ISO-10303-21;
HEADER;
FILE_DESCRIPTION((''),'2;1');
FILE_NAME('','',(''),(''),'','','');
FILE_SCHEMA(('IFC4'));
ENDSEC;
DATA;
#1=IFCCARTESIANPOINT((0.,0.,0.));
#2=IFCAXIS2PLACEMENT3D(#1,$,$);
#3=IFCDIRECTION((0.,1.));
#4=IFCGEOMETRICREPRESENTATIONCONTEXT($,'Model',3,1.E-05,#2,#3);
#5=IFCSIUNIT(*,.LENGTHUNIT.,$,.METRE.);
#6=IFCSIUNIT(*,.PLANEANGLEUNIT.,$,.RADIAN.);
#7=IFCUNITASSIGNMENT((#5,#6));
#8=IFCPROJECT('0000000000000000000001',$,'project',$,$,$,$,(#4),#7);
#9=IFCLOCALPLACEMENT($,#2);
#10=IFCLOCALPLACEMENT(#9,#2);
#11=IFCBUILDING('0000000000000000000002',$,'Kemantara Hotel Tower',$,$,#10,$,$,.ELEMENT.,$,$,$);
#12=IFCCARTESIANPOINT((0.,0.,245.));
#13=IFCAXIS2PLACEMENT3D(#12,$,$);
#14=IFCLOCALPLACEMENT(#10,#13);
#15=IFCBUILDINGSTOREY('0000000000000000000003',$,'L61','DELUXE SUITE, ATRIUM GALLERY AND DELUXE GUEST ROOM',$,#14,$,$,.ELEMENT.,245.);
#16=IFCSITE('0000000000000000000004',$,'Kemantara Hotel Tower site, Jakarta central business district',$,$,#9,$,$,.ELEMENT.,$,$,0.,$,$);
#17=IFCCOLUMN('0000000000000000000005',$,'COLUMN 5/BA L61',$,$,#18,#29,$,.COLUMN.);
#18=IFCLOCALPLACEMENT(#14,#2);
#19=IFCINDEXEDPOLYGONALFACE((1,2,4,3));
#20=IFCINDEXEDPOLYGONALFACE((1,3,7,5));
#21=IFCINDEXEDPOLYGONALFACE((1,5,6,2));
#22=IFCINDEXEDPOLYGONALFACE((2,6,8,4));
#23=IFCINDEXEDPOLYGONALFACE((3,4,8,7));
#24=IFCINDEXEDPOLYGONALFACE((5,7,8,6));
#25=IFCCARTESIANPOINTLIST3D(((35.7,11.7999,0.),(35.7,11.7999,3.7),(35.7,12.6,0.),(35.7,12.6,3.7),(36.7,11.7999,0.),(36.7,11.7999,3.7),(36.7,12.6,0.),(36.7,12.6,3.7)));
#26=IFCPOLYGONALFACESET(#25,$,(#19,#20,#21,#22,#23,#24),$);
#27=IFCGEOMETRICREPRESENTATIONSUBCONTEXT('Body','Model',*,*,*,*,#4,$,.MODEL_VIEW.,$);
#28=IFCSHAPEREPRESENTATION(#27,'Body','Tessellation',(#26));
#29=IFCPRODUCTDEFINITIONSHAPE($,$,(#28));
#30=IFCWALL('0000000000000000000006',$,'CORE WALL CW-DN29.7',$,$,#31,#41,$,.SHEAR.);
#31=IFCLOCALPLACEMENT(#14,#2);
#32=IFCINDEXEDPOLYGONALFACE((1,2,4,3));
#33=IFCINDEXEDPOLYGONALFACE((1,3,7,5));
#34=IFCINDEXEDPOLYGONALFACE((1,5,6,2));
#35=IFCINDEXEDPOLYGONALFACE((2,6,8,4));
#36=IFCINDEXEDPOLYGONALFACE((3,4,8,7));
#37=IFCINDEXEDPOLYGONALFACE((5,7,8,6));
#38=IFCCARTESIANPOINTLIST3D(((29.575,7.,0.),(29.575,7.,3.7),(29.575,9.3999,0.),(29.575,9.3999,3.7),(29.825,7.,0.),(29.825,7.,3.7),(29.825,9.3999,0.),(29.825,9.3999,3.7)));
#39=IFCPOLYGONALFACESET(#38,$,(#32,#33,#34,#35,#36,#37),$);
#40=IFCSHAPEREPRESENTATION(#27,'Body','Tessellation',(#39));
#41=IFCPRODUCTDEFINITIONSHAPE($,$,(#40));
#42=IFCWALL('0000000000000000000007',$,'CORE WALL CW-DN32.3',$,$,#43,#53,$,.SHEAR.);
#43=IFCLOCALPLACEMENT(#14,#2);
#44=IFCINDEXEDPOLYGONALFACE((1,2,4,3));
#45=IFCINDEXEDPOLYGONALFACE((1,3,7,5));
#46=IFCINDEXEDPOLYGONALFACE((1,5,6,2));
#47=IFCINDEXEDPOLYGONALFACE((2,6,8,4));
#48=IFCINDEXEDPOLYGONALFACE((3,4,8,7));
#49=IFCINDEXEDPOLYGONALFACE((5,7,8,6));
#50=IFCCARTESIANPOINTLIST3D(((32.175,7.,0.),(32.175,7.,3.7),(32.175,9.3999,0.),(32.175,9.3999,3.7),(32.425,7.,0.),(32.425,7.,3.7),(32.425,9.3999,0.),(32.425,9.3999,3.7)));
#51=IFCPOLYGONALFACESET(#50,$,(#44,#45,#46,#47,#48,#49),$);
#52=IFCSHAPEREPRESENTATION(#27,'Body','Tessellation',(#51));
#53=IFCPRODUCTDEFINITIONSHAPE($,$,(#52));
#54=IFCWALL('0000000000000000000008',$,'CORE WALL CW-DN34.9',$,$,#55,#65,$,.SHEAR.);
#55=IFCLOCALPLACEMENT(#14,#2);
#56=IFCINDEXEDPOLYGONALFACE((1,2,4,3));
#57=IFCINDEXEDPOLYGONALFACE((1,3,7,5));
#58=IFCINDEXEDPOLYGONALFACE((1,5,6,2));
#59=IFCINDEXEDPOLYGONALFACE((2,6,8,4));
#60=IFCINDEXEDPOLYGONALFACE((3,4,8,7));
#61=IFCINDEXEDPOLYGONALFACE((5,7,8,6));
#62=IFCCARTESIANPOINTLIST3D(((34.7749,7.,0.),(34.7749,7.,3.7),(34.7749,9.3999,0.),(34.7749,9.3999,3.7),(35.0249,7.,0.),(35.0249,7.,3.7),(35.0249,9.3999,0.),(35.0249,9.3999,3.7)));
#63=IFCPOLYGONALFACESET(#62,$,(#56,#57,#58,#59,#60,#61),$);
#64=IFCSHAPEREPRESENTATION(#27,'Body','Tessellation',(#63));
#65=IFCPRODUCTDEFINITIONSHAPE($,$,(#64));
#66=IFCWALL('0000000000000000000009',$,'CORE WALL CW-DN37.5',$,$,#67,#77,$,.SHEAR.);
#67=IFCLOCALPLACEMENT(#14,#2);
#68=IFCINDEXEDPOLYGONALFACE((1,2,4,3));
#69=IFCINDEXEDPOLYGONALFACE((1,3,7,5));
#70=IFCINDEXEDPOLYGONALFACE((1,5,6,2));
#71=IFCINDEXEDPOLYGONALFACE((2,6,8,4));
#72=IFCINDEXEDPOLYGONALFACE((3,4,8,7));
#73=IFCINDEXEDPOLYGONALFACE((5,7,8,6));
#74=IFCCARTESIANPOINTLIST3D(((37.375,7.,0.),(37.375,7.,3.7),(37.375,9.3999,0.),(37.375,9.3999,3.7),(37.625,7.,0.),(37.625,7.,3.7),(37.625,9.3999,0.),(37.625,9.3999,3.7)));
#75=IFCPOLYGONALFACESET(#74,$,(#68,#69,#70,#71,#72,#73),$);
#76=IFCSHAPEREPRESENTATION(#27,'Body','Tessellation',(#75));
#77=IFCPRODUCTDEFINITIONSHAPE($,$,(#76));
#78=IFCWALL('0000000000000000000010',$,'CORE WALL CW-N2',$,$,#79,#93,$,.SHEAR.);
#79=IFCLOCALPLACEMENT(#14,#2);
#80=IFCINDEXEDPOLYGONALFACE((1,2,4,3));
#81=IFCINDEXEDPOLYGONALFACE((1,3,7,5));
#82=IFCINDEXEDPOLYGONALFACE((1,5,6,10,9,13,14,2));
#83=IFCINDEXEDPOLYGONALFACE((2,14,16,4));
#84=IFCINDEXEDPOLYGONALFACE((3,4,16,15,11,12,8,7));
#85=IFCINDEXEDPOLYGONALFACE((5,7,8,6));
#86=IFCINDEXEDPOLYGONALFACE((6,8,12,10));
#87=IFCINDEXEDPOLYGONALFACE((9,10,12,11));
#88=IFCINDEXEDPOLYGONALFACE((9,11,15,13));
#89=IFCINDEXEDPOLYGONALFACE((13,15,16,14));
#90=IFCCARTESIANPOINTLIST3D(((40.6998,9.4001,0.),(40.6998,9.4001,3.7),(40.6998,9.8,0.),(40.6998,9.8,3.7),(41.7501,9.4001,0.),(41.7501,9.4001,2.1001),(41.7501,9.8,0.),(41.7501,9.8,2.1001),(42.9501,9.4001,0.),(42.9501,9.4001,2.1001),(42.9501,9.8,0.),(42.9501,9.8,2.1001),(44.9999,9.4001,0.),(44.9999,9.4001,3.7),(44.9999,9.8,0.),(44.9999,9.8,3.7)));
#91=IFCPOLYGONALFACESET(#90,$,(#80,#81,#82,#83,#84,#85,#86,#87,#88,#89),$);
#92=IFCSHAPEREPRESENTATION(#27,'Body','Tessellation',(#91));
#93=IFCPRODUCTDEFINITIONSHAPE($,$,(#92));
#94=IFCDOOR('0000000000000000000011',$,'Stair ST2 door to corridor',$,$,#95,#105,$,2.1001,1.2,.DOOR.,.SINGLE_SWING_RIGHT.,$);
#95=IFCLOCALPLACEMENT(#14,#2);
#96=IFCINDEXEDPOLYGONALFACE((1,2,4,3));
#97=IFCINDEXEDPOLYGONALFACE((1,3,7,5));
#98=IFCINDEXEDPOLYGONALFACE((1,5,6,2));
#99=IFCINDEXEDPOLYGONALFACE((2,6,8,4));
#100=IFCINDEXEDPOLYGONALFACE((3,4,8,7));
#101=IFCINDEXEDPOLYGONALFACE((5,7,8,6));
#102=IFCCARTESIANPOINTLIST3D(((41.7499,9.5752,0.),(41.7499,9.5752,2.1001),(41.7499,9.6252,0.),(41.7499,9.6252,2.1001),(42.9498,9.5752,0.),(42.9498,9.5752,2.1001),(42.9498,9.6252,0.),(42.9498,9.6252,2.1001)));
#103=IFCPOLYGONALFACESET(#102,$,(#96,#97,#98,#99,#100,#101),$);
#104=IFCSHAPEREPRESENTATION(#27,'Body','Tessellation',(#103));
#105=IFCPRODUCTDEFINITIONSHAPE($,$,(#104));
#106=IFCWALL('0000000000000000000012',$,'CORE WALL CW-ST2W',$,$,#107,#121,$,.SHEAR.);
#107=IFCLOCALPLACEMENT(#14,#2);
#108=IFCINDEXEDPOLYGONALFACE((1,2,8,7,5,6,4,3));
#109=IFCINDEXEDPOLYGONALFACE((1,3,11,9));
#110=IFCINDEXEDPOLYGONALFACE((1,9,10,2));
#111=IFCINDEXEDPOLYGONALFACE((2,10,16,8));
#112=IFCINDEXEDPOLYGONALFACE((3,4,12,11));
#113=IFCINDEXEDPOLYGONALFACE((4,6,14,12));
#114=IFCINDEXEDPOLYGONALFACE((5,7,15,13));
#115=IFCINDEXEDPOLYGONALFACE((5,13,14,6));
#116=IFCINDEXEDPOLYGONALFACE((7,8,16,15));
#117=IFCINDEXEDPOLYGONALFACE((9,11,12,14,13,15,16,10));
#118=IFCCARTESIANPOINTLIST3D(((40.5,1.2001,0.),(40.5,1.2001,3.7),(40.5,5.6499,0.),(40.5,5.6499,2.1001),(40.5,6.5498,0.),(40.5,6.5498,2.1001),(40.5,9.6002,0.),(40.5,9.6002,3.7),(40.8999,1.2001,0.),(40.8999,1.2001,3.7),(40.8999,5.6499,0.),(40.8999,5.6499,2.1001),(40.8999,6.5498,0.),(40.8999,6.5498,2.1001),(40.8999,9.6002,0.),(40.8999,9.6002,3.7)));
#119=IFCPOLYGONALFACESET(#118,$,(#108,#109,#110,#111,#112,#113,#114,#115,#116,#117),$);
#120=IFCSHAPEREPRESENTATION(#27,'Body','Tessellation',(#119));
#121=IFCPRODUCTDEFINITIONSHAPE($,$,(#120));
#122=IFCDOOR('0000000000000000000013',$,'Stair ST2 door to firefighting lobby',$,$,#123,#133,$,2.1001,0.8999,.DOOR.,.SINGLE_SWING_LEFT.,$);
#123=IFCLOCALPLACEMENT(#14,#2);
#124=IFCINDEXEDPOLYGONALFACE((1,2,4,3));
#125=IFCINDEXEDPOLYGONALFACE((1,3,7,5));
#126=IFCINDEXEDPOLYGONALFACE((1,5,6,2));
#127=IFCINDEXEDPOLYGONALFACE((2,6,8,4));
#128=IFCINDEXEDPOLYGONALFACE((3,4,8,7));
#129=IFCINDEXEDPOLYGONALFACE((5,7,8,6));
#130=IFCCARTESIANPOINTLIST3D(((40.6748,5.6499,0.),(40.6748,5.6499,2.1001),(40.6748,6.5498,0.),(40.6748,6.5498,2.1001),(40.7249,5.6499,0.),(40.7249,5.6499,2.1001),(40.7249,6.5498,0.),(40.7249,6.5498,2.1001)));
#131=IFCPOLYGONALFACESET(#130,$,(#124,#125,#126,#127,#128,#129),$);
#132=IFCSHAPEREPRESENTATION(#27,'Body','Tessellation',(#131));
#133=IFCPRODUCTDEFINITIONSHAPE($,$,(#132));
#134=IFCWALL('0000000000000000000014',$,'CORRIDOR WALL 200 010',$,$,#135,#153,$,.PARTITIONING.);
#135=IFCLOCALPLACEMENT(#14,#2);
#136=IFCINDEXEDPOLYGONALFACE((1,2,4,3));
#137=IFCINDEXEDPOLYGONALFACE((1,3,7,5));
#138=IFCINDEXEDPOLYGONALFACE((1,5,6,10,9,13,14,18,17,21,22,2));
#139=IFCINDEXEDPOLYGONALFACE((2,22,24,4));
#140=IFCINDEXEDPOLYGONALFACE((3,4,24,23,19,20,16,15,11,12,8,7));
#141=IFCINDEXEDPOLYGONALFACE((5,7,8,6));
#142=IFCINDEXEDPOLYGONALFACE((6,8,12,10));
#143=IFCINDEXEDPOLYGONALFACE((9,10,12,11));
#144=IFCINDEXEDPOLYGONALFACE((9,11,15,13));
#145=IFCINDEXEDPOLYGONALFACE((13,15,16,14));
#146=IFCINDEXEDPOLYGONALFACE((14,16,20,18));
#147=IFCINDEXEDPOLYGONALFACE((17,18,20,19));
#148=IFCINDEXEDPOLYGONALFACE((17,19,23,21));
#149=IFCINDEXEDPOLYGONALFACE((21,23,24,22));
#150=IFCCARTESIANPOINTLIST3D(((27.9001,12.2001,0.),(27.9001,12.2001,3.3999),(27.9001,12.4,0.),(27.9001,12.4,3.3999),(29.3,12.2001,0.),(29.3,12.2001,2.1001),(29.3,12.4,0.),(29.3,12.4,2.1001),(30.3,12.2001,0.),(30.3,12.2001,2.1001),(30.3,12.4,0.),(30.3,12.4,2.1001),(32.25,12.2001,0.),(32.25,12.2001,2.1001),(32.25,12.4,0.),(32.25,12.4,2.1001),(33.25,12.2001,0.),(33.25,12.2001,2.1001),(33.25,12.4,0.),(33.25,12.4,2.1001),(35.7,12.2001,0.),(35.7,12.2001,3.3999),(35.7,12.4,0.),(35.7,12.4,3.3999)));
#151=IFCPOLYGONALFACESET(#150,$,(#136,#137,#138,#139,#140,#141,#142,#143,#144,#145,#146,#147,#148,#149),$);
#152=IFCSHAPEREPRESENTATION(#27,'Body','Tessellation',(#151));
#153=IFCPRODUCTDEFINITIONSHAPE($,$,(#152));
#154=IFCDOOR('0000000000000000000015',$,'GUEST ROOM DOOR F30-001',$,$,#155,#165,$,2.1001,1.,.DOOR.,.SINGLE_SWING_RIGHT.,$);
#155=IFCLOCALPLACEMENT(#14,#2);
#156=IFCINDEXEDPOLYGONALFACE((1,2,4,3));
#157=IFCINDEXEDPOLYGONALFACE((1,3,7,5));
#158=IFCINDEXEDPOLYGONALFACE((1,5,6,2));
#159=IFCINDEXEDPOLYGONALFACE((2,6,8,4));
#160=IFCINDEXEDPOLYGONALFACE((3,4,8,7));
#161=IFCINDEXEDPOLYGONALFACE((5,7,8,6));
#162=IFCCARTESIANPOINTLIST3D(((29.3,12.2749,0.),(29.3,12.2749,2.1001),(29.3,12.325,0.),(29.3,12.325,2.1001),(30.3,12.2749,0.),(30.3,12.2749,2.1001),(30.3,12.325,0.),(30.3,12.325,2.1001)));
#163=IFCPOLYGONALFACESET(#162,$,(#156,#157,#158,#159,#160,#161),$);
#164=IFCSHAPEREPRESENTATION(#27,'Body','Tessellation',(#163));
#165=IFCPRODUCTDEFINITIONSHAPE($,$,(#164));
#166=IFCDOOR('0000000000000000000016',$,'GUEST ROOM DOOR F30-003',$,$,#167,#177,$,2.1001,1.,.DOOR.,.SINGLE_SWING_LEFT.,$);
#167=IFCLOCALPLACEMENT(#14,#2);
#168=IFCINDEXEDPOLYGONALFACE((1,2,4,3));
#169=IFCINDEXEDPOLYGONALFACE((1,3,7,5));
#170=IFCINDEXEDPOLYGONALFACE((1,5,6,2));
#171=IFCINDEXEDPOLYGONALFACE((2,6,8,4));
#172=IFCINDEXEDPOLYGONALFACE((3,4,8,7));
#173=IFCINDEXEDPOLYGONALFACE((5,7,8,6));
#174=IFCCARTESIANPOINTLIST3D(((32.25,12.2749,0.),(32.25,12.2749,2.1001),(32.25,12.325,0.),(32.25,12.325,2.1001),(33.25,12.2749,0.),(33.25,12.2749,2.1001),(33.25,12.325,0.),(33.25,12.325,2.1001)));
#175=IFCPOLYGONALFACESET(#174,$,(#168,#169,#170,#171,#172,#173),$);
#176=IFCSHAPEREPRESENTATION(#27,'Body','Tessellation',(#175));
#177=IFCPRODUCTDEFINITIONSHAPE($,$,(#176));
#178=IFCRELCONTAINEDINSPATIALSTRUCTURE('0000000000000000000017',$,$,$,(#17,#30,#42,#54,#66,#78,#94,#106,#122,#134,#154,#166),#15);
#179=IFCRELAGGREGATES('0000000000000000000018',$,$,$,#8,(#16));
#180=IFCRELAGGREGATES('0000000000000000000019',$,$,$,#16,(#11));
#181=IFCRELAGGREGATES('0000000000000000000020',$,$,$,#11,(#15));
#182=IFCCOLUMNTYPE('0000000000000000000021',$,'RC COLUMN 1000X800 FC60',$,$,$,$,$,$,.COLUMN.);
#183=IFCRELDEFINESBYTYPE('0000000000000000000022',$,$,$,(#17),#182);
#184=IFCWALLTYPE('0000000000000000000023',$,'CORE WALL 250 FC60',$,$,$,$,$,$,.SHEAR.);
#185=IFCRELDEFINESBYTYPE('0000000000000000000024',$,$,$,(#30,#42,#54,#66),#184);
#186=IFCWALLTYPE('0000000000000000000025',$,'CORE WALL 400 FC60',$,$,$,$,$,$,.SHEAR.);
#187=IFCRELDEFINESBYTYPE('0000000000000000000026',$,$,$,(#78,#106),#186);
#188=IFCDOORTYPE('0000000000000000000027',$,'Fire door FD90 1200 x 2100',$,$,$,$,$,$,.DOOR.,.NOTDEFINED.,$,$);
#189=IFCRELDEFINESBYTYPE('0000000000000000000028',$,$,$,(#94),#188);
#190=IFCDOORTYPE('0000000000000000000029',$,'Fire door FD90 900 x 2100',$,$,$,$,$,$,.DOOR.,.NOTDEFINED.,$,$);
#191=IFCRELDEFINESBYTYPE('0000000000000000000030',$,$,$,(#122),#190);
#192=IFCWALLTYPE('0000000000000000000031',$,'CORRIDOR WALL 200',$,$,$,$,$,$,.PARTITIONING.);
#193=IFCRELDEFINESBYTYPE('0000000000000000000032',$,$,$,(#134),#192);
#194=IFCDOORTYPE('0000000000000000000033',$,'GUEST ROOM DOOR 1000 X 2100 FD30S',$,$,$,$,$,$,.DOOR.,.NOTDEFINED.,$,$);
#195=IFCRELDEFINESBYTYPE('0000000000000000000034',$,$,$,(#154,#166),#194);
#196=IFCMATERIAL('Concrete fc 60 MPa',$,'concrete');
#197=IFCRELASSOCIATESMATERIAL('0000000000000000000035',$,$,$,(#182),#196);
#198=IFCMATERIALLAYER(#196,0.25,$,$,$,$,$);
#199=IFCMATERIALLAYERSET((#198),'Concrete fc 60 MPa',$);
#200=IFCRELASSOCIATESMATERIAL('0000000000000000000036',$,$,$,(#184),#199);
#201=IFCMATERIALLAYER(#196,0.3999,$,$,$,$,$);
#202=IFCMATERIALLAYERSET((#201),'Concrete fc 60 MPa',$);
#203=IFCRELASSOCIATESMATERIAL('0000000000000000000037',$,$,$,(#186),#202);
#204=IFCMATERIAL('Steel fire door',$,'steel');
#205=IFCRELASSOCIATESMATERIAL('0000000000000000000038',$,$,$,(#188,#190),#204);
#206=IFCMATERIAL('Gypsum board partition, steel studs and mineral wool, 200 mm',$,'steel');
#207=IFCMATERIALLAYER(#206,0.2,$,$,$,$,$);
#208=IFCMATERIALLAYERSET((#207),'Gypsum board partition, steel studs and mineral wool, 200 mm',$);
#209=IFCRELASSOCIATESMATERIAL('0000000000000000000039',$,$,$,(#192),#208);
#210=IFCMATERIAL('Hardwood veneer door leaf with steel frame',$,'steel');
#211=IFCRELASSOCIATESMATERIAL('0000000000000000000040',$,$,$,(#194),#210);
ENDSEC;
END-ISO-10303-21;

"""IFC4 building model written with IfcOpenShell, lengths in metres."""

from ifc_helpers import new_model, si_unit, direction, frame, frame_2d, origin, origin_2d, place, context, subcontext, project, spatial, rectangle, extrude, material, layer, layer_set, material_profile, profile_set, type_object, element, fill, save


model = new_model("IFC4")

# Units and contexts
model_context = context("Model", 3, precision=1e-05, world=origin(), true_north=direction((0.0, 1.0)))
body_context = subcontext(model_context, "Body", "Model", "MODEL_VIEW")
ifc_project = project(units=[si_unit("LENGTHUNIT", "METRE"), si_unit("PLANEANGLEUNIT", "RADIAN")], contexts=[model_context])

# Site, building, storey
site_placement = place(None, origin())
site = spatial("IfcSite", under=ifc_project, at=site_placement, Name="Kemantara Hotel Tower site, Jakarta central business district", CompositionType="ELEMENT", RefElevation=0.0)
building_placement = place(site_placement, origin())
building = spatial("IfcBuilding", under=site, at=building_placement, Name="Kemantara Hotel Tower", CompositionType="ELEMENT")
storey_placement = place(building_placement, frame((0.0, 0.0, 245.0)))
storey = spatial("IfcBuildingStorey", under=building, at=storey_placement, Name="L61", Description="DELUXE SUITE, ATRIUM GALLERY AND DELUXE GUEST ROOM", CompositionType="ELEMENT", Elevation=245.0)

# Column
ifc_material_1 = material(Name="Concrete fc 60 MPa", Category="concrete")
ifc_material_profile = material_profile(ifc_material_1, rectangle(XDim=1.0, YDim=0.8, at=origin_2d()), Name="RC 1000X800")
ifc_profile_set = profile_set([ifc_material_profile], Name="Concrete fc 60 MPa")
column_type = type_object("IfcColumnType", Name="RC COLUMN 1000X800 FC60", PredefinedType="COLUMN", material=ifc_profile_set)
column_placement = place(storey_placement, frame((36.2, 12.2, 0.0), z_axis=(0.0, 0.0, 1.0), x_axis=(1.0, 0.0, 0.0)))
element("IfcColumn", 1, at=column_placement, inside=storey, type_object=column_type, Name="COLUMN 5/BA L61", PredefinedType="COLUMN", context=body_context, shape_type="SweptSolid", body=[
    extrude(rectangle(XDim=1.0, YDim=0.8, at=origin_2d()), origin(), (0.0, 0.0, 1.0), 3.7),
])

# Walls
ifc_layer_1 = layer(ifc_material_1, 0.25)
ifc_layer_set_1 = layer_set([ifc_layer_1], Name="Concrete fc 60 MPa")
wall_type_1 = type_object("IfcWallType", Name="CORE WALL 250 FC60", PredefinedType="SHEAR", material=ifc_layer_set_1)
for number, where, z_axis, x_axis, name in (
    (2, (29.7, 7.0, 0.0), (0.0, 0.0, 1.0), (0.0, 1.0, 0.0), "CORE WALL CW-DN29.7"),
    (3, (32.3, 7.0, 0.0), (0.0, 0.0, 1.0), (0.0, 1.0, 0.0), "CORE WALL CW-DN32.3"),
    (4, (34.8999, 7.0, 0.0), (0.0, 0.0, 1.0), (0.0, 1.0, 0.0), "CORE WALL CW-DN34.9"),
    (5, (37.5, 7.0, 0.0), (0.0, 0.0, 1.0), (0.0, 1.0, 0.0), "CORE WALL CW-DN37.5"),
):
    element("IfcWall", number, at=place(storey_placement, frame(where, z_axis=z_axis, x_axis=x_axis)), inside=storey, type_object=wall_type_1, Name=name, PredefinedType="SHEAR", context=body_context, shape_type="SweptSolid", body=[
        extrude(rectangle(XDim=2.3999, YDim=0.25, at=frame_2d((1.2, 0.0))), origin(), (0.0, 0.0, 1.0), 3.7),
    ])

# Walls, openings, doors
ifc_layer_2 = layer(ifc_material_1, 0.3999)
ifc_layer_set_2 = layer_set([ifc_layer_2], Name="Concrete fc 60 MPa")
wall_type_2 = type_object("IfcWallType", Name="CORE WALL 400 FC60", PredefinedType="SHEAR", material=ifc_layer_set_2)
wall_1_placement = place(storey_placement, frame((40.7, 9.6001, 0.0), z_axis=(0.0, 0.0, 1.0), x_axis=(1.0, 0.0, 0.0)))
wall_1 = element("IfcWall", 6, at=wall_1_placement, inside=storey, type_object=wall_type_2, Name="CORE WALL CW-N2", PredefinedType="SHEAR", context=body_context, shape_type="SweptSolid", body=[
    extrude(rectangle(XDim=4.3, YDim=0.3999, at=frame_2d((2.1499, 0.0))), origin(), (0.0, 0.0, 1.0), 3.7),
])
opening_1_placement = place(wall_1_placement, frame((1.05, 0.0, 0.0)))
opening_1 = element("IfcOpeningElement", 7, at=opening_1_placement, cuts=wall_1, PredefinedType="OPENING", context=body_context, shape_type="SweptSolid", body=[
    extrude(rectangle(XDim=1.2, YDim=2.1001, at=frame_2d((0.6001, 1.05))), frame((0.0, 0.21, 0.0), z_axis=(0.0, -1.0, 0.0), x_axis=(1.0, 0.0, 0.0)), (0.0, 0.0, 1.0), 0.4199),
])
ifc_material_2 = material(Name="Steel fire door", Category="steel")
door_type_1 = type_object("IfcDoorType", Name="Fire door FD90 1200 x 2100", OperationType="NOTDEFINED", PredefinedType="DOOR", material=ifc_material_2)
door_1_placement = place(opening_1_placement, frame((1.2, 0.0, 0.0), z_axis=(0.0, 0.0, 1.0), x_axis=(-1.0, 0.0, 0.0)))
door_1 = element("IfcDoor", 8, at=door_1_placement, inside=storey, type_object=door_type_1, Name="Stair ST2 door to corridor", OperationType="SINGLE_SWING_RIGHT", OverallHeight=2.1001, OverallWidth=1.2, PredefinedType="DOOR", context=body_context, shape_type="SweptSolid", body=[
    extrude(rectangle(XDim=1.2, YDim=2.1001, at=frame_2d((0.6001, 1.05))), frame((0.0, 0.0249, 0.0), z_axis=(0.0, -1.0, 0.0), x_axis=(1.0, 0.0, 0.0)), (0.0, 0.0, 1.0), 0.05),
])
fill(opening_1, door_1)
wall_2_placement = place(storey_placement, frame((40.7, 1.2, 0.0), z_axis=(0.0, 0.0, 1.0), x_axis=(0.0, 1.0, 0.0)))
wall_2 = element("IfcWall", 9, at=wall_2_placement, inside=storey, type_object=wall_type_2, Name="CORE WALL CW-ST2W", PredefinedType="SHEAR", context=body_context, shape_type="SweptSolid", body=[
    extrude(rectangle(XDim=8.4001, YDim=0.3999, at=frame_2d((4.2002, 0.0))), origin(), (0.0, 0.0, 1.0), 3.7),
])
opening_2_placement = place(wall_2_placement, frame((4.45, 0.0, 0.0)))
opening_2 = element("IfcOpeningElement", 10, at=opening_2_placement, cuts=wall_2, PredefinedType="OPENING", context=body_context, shape_type="SweptSolid", body=[
    extrude(rectangle(XDim=0.8999, YDim=2.1001, at=frame_2d((0.45, 1.05))), frame((0.0, 0.21, 0.0), z_axis=(0.0, -1.0, 0.0), x_axis=(1.0, 0.0, 0.0)), (0.0, 0.0, 1.0), 0.4199),
])
door_type_2 = type_object("IfcDoorType", Name="Fire door FD90 900 x 2100", OperationType="NOTDEFINED", PredefinedType="DOOR", material=ifc_material_2)
door_2_placement = place(opening_2_placement, frame((0.8999, 0.0, 0.0), z_axis=(0.0, 0.0, 1.0), x_axis=(-1.0, 0.0, 0.0)))
door_2 = element("IfcDoor", 11, at=door_2_placement, inside=storey, type_object=door_type_2, Name="Stair ST2 door to firefighting lobby", OperationType="SINGLE_SWING_LEFT", OverallHeight=2.1001, OverallWidth=0.8999, PredefinedType="DOOR", context=body_context, shape_type="SweptSolid", body=[
    extrude(rectangle(XDim=0.8999, YDim=2.1001, at=frame_2d((0.45, 1.05))), frame((0.0, 0.0249, 0.0), z_axis=(0.0, -1.0, 0.0), x_axis=(1.0, 0.0, 0.0)), (0.0, 0.0, 1.0), 0.05),
])
fill(opening_2, door_2)

# Wall, openings, doors
ifc_material_3 = material(Name="Gypsum board partition, steel studs and mineral wool, 200 mm", Category="steel")
ifc_layer_3 = layer(ifc_material_3, 0.2)
ifc_layer_set_3 = layer_set([ifc_layer_3], Name="Gypsum board partition, steel studs and mineral wool, 200 mm")
wall_type_3 = type_object("IfcWallType", Name="CORRIDOR WALL 200", PredefinedType="PARTITIONING", material=ifc_layer_set_3)
wall_3_placement = place(storey_placement, frame((27.9001, 12.3, 0.0), z_axis=(0.0, 0.0, 1.0), x_axis=(1.0, 0.0, 0.0)))
wall_3 = element("IfcWall", 12, at=wall_3_placement, inside=storey, type_object=wall_type_3, Name="CORRIDOR WALL 200 010", PredefinedType="PARTITIONING", context=body_context, shape_type="SweptSolid", body=[
    extrude(rectangle(XDim=7.7998, YDim=0.2, at=frame_2d((3.8999, 0.0))), origin(), (0.0, 0.0, 1.0), 3.3999),
])
opening_3_placement = place(wall_3_placement, frame((1.3999, 0.0, 0.0)))
opening_3 = element("IfcOpeningElement", 13, at=opening_3_placement, cuts=wall_3, PredefinedType="OPENING", context=body_context, shape_type="SweptSolid", body=[
    extrude(rectangle(XDim=1.0, YDim=2.1001, at=frame_2d((0.5, 1.05))), frame((0.0, 0.1099, 0.0), z_axis=(0.0, -1.0, 0.0), x_axis=(1.0, 0.0, 0.0)), (0.0, 0.0, 1.0), 0.22),
])
opening_4_placement = place(wall_3_placement, frame((4.3499, 0.0, 0.0)))
opening_4 = element("IfcOpeningElement", 14, at=opening_4_placement, cuts=wall_3, PredefinedType="OPENING", context=body_context, shape_type="SweptSolid", body=[
    extrude(rectangle(XDim=1.0, YDim=2.1001, at=frame_2d((0.5, 1.05))), frame((0.0, 0.1099, 0.0), z_axis=(0.0, -1.0, 0.0), x_axis=(1.0, 0.0, 0.0)), (0.0, 0.0, 1.0), 0.22),
])
ifc_material_4 = material(Name="Hardwood veneer door leaf with steel frame", Category="steel")
door_type_3 = type_object("IfcDoorType", Name="GUEST ROOM DOOR 1000 X 2100 FD30S", OperationType="NOTDEFINED", PredefinedType="DOOR", material=ifc_material_4)
door_3_placement = place(opening_3_placement, origin())
door_3 = element("IfcDoor", 15, at=door_3_placement, inside=storey, type_object=door_type_3, Name="GUEST ROOM DOOR F30-001", OperationType="SINGLE_SWING_RIGHT", OverallHeight=2.1001, OverallWidth=1.0, PredefinedType="DOOR", context=body_context, shape_type="SweptSolid", body=[
    extrude(rectangle(XDim=1.0, YDim=2.1001, at=frame_2d((0.5, 1.05))), frame((0.0, 0.0249, 0.0), z_axis=(0.0, -1.0, 0.0), x_axis=(1.0, 0.0, 0.0)), (0.0, 0.0, 1.0), 0.05),
])
fill(opening_3, door_3)
door_4_placement = place(opening_4_placement, origin())
door_4 = element("IfcDoor", 16, at=door_4_placement, inside=storey, type_object=door_type_3, Name="GUEST ROOM DOOR F30-003", OperationType="SINGLE_SWING_LEFT", OverallHeight=2.1001, OverallWidth=1.0, PredefinedType="DOOR", context=body_context, shape_type="SweptSolid", body=[
    extrude(rectangle(XDim=1.0, YDim=2.1001, at=frame_2d((0.5, 1.05))), frame((0.0, 0.0249, 0.0), z_axis=(0.0, -1.0, 0.0), x_axis=(1.0, 0.0, 0.0)), (0.0, 0.0, 1.0), 0.05),
])
fill(opening_4, door_4)

save(model, "model.ifc")
